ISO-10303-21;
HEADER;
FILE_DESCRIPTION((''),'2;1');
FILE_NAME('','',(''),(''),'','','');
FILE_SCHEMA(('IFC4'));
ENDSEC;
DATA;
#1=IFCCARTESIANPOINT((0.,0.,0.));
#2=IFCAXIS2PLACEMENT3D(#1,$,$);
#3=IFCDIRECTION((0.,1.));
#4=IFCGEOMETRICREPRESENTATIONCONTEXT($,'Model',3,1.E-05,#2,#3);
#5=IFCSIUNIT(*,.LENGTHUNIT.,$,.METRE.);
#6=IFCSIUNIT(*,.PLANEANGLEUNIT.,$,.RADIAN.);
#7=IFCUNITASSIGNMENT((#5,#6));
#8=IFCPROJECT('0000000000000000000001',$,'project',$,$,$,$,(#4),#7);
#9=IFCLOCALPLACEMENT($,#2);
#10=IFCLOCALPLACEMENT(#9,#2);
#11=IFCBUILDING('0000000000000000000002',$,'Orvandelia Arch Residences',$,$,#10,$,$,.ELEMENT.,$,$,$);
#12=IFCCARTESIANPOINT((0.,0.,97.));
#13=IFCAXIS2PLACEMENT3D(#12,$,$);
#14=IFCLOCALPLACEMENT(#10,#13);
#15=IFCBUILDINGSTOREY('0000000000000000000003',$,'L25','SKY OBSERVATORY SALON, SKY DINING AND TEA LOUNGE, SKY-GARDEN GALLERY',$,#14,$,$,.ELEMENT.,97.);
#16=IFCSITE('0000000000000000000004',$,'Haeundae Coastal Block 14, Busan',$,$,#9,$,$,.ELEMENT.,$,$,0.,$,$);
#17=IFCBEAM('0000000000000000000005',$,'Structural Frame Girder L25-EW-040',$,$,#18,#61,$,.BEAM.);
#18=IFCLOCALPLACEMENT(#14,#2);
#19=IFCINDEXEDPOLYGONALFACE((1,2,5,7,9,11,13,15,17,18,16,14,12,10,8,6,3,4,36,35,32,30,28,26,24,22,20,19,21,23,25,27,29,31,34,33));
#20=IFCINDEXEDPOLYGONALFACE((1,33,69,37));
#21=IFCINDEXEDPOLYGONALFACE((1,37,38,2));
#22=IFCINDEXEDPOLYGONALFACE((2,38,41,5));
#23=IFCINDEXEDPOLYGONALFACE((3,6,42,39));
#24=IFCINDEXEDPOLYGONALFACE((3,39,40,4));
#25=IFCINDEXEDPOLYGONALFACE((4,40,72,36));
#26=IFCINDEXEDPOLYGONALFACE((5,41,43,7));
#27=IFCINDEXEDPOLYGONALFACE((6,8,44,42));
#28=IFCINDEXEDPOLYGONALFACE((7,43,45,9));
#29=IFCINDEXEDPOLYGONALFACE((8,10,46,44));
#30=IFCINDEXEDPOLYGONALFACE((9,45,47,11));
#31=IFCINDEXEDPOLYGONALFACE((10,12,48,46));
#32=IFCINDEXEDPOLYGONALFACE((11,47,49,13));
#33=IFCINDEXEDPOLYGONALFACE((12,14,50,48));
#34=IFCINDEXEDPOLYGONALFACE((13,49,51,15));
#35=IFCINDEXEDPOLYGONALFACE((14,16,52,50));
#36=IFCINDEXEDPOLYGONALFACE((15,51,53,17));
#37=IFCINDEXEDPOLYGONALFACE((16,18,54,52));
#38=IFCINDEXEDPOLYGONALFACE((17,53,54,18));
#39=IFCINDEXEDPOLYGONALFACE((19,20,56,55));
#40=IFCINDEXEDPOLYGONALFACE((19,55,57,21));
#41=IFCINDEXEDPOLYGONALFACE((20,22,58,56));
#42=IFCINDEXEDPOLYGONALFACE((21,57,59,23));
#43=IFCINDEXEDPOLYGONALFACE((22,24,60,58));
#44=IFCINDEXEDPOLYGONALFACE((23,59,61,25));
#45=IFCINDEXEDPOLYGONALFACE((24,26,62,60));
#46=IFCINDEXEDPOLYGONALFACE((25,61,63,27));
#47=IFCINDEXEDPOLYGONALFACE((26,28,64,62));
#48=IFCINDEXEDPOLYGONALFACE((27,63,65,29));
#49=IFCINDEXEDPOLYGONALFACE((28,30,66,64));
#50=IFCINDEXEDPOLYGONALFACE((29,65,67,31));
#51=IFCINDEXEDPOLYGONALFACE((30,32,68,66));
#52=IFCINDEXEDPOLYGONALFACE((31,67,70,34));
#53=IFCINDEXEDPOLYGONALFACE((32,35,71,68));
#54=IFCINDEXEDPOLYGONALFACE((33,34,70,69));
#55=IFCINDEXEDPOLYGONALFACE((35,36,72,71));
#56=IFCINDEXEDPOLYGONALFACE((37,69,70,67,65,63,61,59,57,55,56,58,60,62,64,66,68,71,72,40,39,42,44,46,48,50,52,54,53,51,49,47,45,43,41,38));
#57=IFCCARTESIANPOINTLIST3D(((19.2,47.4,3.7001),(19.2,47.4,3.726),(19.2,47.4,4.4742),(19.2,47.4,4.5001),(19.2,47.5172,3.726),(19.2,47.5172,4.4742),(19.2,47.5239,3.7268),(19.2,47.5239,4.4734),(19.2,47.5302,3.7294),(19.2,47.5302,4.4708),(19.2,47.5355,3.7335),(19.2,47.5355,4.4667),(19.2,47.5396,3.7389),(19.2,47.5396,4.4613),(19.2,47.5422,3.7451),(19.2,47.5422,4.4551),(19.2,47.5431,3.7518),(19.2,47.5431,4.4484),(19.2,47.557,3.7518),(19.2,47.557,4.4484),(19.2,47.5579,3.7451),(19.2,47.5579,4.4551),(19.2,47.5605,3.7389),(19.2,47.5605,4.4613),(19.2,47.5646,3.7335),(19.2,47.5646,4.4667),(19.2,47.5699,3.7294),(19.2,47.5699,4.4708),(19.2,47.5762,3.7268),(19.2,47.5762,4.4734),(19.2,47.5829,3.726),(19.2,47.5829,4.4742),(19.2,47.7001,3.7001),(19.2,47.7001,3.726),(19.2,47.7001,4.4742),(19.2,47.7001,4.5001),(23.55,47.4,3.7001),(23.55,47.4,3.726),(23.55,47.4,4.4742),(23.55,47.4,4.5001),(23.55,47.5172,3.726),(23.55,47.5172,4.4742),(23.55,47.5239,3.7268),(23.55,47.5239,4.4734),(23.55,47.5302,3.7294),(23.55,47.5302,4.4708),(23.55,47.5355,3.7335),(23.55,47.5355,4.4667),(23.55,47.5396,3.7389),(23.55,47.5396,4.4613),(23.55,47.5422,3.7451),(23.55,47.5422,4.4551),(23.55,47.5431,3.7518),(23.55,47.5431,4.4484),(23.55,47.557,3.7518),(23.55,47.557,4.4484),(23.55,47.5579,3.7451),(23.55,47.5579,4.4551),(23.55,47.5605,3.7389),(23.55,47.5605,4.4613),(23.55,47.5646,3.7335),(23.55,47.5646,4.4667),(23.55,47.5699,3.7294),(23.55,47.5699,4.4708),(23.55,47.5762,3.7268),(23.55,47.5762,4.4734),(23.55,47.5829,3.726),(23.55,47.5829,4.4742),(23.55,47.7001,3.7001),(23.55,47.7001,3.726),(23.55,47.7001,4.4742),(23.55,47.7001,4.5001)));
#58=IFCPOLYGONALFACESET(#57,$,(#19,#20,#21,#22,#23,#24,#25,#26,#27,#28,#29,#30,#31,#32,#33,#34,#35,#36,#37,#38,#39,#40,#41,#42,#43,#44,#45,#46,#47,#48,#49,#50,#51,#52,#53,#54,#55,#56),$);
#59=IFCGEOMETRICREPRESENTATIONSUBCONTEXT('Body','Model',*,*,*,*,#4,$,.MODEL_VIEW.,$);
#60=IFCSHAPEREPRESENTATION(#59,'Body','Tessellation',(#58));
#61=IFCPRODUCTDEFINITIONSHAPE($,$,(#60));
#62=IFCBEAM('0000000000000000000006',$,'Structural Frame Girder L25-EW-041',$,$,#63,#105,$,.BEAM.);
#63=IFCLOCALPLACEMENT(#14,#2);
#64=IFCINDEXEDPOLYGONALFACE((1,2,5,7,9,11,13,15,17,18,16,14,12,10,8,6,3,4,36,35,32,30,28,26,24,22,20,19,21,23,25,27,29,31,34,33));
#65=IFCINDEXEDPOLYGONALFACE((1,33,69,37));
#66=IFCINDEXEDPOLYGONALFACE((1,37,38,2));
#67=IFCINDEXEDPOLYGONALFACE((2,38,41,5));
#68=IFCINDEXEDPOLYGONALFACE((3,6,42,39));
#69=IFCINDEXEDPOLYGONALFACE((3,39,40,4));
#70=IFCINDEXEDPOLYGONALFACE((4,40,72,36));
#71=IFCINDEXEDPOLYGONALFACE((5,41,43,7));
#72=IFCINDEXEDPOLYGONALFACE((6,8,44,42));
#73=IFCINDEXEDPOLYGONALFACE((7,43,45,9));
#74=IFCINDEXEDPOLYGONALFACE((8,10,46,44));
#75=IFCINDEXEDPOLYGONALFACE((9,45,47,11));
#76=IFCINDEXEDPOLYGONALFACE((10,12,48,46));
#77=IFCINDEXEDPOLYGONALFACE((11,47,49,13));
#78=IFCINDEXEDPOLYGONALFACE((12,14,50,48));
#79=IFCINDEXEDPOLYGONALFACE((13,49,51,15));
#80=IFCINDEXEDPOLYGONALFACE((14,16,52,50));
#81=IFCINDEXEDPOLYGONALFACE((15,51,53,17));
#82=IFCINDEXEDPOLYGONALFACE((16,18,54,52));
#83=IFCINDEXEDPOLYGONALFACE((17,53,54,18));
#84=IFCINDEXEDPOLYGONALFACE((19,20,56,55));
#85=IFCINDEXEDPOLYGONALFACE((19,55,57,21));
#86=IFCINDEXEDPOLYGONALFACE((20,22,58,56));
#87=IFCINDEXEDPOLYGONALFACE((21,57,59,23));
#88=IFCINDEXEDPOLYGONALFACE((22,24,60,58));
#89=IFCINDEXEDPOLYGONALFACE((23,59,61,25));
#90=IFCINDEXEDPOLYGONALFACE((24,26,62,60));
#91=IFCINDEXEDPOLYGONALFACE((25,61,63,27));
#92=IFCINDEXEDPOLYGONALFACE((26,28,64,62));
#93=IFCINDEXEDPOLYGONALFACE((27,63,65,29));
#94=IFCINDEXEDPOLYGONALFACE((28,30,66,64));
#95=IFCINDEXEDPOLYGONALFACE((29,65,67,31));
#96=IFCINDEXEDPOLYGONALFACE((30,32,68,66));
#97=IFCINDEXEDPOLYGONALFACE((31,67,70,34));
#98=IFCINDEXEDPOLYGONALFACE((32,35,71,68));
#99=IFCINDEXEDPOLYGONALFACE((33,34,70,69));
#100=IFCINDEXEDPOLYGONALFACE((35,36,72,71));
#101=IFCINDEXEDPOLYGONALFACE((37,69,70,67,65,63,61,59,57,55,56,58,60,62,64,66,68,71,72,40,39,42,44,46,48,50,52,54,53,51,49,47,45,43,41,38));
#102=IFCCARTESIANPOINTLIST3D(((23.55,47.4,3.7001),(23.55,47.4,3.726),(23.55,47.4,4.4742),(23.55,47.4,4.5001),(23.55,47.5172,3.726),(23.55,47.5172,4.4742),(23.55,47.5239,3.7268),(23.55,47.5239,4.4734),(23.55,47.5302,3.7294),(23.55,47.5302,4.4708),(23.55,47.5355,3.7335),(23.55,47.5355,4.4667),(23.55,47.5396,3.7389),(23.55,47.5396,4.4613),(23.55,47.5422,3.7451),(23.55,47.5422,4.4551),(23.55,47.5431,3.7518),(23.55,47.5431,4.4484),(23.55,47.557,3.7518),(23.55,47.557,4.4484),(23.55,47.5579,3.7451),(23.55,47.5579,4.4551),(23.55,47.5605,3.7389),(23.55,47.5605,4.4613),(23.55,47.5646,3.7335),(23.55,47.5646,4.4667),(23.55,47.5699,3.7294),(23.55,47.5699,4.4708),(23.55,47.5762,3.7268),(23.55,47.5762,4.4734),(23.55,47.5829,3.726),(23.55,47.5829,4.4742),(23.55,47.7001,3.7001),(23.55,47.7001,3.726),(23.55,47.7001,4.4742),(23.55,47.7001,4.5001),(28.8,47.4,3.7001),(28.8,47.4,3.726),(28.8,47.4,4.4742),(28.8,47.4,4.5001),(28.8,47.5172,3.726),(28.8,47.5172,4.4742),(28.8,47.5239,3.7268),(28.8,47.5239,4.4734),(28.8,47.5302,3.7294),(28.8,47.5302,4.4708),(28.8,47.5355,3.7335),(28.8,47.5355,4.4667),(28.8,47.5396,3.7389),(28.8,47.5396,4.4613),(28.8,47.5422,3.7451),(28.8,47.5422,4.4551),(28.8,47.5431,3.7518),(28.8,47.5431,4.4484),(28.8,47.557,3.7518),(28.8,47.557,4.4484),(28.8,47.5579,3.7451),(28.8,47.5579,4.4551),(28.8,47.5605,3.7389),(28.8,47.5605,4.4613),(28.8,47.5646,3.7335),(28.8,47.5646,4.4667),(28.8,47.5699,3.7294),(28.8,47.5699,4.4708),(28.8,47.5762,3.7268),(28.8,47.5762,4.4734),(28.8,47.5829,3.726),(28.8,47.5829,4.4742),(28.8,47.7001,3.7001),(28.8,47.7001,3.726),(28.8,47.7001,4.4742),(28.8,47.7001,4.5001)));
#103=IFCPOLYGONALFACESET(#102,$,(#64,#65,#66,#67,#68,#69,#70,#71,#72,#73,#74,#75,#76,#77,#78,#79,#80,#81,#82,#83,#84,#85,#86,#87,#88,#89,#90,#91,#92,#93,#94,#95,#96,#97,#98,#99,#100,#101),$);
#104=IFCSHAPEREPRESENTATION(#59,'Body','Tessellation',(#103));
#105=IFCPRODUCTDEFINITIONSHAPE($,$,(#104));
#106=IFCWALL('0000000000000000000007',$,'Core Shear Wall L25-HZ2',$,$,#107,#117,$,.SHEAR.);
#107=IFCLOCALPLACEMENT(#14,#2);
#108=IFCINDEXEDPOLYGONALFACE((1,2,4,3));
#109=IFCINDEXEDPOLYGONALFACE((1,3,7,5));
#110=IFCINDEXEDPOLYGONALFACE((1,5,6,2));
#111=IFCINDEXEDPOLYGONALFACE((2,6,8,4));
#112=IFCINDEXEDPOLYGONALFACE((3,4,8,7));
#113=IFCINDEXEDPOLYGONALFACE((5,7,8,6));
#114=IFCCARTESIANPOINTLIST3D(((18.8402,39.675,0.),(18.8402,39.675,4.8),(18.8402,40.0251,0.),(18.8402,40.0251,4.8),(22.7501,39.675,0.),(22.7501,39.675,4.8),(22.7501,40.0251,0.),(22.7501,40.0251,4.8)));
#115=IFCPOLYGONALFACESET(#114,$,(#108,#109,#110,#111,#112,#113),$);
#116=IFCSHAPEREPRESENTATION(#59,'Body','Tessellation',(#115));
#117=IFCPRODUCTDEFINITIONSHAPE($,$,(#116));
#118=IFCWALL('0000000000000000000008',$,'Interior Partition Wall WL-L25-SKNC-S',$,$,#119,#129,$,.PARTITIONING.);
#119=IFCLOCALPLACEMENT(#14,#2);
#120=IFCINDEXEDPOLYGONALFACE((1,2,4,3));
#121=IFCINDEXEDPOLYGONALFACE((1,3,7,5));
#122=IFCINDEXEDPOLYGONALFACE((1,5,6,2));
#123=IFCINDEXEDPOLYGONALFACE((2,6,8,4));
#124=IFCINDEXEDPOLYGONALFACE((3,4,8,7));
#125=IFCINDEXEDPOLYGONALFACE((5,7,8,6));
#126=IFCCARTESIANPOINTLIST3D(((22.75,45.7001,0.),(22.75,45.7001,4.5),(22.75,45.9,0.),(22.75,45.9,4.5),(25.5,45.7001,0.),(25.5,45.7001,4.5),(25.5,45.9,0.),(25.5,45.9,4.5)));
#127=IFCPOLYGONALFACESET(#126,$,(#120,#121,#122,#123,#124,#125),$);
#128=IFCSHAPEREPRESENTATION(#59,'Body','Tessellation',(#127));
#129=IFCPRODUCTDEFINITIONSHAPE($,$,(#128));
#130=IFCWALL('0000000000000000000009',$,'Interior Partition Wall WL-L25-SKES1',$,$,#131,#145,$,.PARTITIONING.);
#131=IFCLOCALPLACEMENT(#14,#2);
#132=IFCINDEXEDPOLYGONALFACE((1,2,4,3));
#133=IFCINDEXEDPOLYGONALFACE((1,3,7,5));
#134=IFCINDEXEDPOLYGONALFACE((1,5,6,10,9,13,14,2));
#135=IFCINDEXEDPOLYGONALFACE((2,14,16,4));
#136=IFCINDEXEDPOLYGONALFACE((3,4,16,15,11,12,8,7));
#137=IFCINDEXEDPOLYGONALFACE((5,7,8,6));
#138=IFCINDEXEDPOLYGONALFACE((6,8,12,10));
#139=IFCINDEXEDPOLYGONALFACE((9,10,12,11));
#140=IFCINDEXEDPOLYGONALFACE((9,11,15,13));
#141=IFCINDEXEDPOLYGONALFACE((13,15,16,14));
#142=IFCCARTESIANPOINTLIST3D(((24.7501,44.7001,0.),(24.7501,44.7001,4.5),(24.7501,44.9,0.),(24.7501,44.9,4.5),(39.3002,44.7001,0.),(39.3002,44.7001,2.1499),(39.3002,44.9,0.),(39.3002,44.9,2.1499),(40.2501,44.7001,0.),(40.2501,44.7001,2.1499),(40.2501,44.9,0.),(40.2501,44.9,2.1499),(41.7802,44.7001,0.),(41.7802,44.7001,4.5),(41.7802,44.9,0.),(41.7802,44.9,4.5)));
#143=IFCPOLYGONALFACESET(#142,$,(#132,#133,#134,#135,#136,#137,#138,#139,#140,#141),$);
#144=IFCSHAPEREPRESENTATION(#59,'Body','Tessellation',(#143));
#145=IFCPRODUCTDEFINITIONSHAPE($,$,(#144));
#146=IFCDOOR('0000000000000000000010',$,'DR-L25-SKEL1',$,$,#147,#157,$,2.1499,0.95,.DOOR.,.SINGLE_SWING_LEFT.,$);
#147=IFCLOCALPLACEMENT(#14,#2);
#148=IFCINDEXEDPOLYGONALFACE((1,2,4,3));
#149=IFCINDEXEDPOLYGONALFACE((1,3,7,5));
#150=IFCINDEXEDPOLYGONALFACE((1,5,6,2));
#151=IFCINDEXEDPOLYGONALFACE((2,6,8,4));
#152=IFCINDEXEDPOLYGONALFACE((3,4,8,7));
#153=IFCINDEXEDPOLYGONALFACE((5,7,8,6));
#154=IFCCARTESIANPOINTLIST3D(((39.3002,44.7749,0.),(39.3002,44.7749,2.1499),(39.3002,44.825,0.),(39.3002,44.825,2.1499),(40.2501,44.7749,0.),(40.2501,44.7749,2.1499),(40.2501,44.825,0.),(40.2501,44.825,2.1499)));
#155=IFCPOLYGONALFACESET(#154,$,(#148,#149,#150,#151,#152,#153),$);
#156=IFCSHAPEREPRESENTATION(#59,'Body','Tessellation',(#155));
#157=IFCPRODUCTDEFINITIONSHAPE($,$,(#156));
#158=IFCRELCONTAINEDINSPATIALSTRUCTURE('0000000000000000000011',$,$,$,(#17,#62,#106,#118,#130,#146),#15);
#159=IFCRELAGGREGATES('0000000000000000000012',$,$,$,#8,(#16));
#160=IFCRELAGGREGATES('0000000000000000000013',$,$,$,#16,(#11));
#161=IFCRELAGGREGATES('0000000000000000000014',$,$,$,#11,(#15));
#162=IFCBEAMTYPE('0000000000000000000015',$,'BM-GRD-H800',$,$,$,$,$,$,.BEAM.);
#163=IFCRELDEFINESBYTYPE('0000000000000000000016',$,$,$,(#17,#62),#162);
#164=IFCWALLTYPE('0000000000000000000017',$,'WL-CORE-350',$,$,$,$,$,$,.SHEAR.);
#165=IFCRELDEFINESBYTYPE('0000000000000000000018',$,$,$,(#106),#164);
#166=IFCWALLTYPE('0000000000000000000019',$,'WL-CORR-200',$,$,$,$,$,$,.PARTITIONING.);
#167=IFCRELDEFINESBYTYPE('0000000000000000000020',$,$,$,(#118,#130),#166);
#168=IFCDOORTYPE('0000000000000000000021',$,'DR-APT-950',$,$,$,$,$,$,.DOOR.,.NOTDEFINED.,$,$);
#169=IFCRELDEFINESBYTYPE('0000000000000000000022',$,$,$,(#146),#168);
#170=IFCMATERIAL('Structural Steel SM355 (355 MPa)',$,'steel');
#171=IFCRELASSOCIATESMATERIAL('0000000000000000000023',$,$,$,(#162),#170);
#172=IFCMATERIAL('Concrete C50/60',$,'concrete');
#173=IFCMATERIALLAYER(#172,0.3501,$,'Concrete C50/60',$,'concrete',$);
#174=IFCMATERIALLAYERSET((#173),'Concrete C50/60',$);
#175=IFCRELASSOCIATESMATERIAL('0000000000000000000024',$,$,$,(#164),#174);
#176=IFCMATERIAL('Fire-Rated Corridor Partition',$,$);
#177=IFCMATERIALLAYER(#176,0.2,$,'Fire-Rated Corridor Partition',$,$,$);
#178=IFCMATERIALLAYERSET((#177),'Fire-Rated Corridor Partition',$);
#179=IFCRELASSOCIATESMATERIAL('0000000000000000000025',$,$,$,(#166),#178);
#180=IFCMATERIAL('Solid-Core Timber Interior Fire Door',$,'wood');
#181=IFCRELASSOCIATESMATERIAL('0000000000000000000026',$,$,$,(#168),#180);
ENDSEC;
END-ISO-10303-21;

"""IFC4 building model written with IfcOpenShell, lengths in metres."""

from ifc_helpers import new_model, si_unit, direction, frame, frame_2d, origin, origin_2d, place, context, subcontext, project, spatial, rectangle, i_section, extrude, material, layer, layer_set, material_profile, profile_set, type_object, element, fill, save


model = new_model("IFC4")

# Units and contexts
model_context = context("Model", 3, precision=1e-05, world=origin(), true_north=direction((0.0, 1.0)))
body_context = subcontext(model_context, "Body", "Model", "MODEL_VIEW")
ifc_project = project(units=[si_unit("LENGTHUNIT", "METRE"), si_unit("PLANEANGLEUNIT", "RADIAN")], contexts=[model_context])

# Site, building, storey
site_placement = place(None, origin())
site = spatial("IfcSite", under=ifc_project, at=site_placement, Name="Haeundae Coastal Block 14, Busan", CompositionType="ELEMENT", RefElevation=0.0)
building_placement = place(site_placement, origin())
building = spatial("IfcBuilding", under=site, at=building_placement, Name="Orvandelia Arch Residences", CompositionType="ELEMENT")
storey_placement = place(building_placement, frame((0.0, 0.0, 97.0)))
storey = spatial("IfcBuildingStorey", under=building, at=storey_placement, Name="L25", Description="SKY OBSERVATORY SALON, SKY DINING AND TEA LOUNGE, SKY-GARDEN GALLERY", CompositionType="ELEMENT", Elevation=97.0)

# Beams
ifc_material_1 = material(Name="Structural Steel SM355 (355 MPa)", Category="steel")
ifc_material_profile_1 = material_profile(ifc_material_1, i_section(OverallWidth=0.3, OverallDepth=0.8, WebThickness=0.0139, FlangeThickness=0.0259, FilletRadius=0.0259, at=origin_2d()), Name="Structural Steel SM355 (355 MPa)", Category="steel")
ifc_profile_set_1 = profile_set([ifc_material_profile_1], Name="Structural Steel SM355 (355 MPa)")
beam_type = type_object("IfcBeamType", Name="BM-GRD-H800", PredefinedType="BEAM", material=ifc_profile_set_1)
for number, where, z_axis, x_axis, name in (
    (1, (19.2, 47.55, 4.1001), (1.0, 0.0, 0.0), (0.0, 1.0, 0.0), "Structural Frame Girder L25-EW-040"),
):
    element("IfcBeam", number, at=place(storey_placement, frame(where, z_axis=z_axis, x_axis=x_axis)), inside=storey, type_object=beam_type, Name=name, PredefinedType="BEAM", context=body_context, shape_type="SweptSolid", body=[
        extrude(i_section(OverallWidth=0.3, OverallDepth=0.8, WebThickness=0.0139, FlangeThickness=0.0259, FilletRadius=0.0259, at=origin_2d()), origin(), (0.0, 0.0, 1.0), 4.3501),
    ])
beam_1_placement = place(storey_placement, frame((23.55, 47.55, 4.1001), z_axis=(1.0, 0.0, 0.0), x_axis=(0.0, 1.0, 0.0)))
element("IfcBeam", 2, at=beam_1_placement, inside=storey, type_object=beam_type, Name="Structural Frame Girder L25-EW-041", PredefinedType="BEAM", context=body_context, shape_type="SweptSolid", body=[
    extrude(i_section(OverallWidth=0.3, OverallDepth=0.8, WebThickness=0.0139, FlangeThickness=0.0259, FilletRadius=0.0259, at=origin_2d()), origin(), (0.0, 0.0, 1.0), 5.25),
])

# Walls
ifc_material_2 = material(Name="Concrete C50/60", Category="concrete")
ifc_layer_1 = layer(ifc_material_2, 0.3501, Name="Concrete C50/60", Category="concrete")
ifc_layer_set_1 = layer_set([ifc_layer_1], Name="Concrete C50/60")
wall_type_1 = type_object("IfcWallType", Name="WL-CORE-350", PredefinedType="SHEAR", material=ifc_layer_set_1)
wall_1_placement = place(storey_placement, frame((18.8401, 39.8501, 0.0), z_axis=(0.0, 0.0, 1.0), x_axis=(1.0, 0.0, 0.0)))
element("IfcWall", 3, at=wall_1_placement, inside=storey, type_object=wall_type_1, Name="Core Shear Wall L25-HZ2", PredefinedType="SHEAR", context=body_context, shape_type="SweptSolid", body=[
    extrude(rectangle(XDim=3.9099, YDim=0.3501, at=frame_2d((1.9551, 0.0))), origin(), (0.0, 0.0, 1.0), 4.8),
])
ifc_material_3 = material(Name="Fire-Rated Corridor Partition")
ifc_layer_2 = layer(ifc_material_3, 0.2, Name="Fire-Rated Corridor Partition")
ifc_layer_set_2 = layer_set([ifc_layer_2], Name="Fire-Rated Corridor Partition")
wall_type_2 = type_object("IfcWallType", Name="WL-CORR-200", PredefinedType="PARTITIONING", material=ifc_layer_set_2)
wall_2_placement = place(storey_placement, frame((22.75, 45.8, 0.0), z_axis=(0.0, 0.0, 1.0), x_axis=(1.0, 0.0, 0.0)))
element("IfcWall", 4, at=wall_2_placement, inside=storey, type_object=wall_type_2, Name="Interior Partition Wall WL-L25-SKNC-S", PredefinedType="PARTITIONING", context=body_context, shape_type="SweptSolid", body=[
    extrude(rectangle(XDim=2.75, YDim=0.2, at=frame_2d((1.375, 0.0))), origin(), (0.0, 0.0, 1.0), 4.5),
])

# Wall, opening, door
wall_3_placement = place(storey_placement, frame((24.75, 44.8, 0.0), z_axis=(0.0, 0.0, 1.0), x_axis=(1.0, 0.0, 0.0)))
wall_3 = element("IfcWall", 5, at=wall_3_placement, inside=storey, type_object=wall_type_2, Name="Interior Partition Wall WL-L25-SKES1", PredefinedType="PARTITIONING", context=body_context, shape_type="SweptSolid", body=[
    extrude(rectangle(XDim=17.03, YDim=0.2, at=frame_2d((8.5151, 0.0))), origin(), (0.0, 0.0, 1.0), 4.5),
])
opening_1_placement = place(wall_3_placement, frame((14.55, 0.0, 0.0)))
opening_1 = element("IfcOpeningElement", 6, at=opening_1_placement, cuts=wall_3, PredefinedType="OPENING", context=body_context, shape_type="SweptSolid", body=[
    extrude(rectangle(XDim=0.95, YDim=2.1499, at=frame_2d((0.4751, 1.075))), frame((0.0, 0.1099, 0.0), z_axis=(0.0, -1.0, 0.0), x_axis=(1.0, 0.0, 0.0)), (0.0, 0.0, 1.0), 0.22),
])
ifc_material_4 = material(Name="Solid-Core Timber Interior Fire Door", Category="wood")
door_type_1 = type_object("IfcDoorType", Name="DR-APT-950", OperationType="NOTDEFINED", PredefinedType="DOOR", material=ifc_material_4)
door_1_placement = place(opening_1_placement, origin())
door_1 = element("IfcDoor", 7, at=door_1_placement, inside=storey, type_object=door_type_1, Name="DR-L25-SKEL1", OperationType="SINGLE_SWING_LEFT", OverallHeight=2.1499, OverallWidth=0.95, PredefinedType="DOOR", context=body_context, shape_type="SweptSolid", body=[
    extrude(rectangle(XDim=0.95, YDim=2.1499, at=frame_2d((0.4751, 1.075))), frame((0.0, 0.0249, 0.0), z_axis=(0.0, -1.0, 0.0), x_axis=(1.0, 0.0, 0.0)), (0.0, 0.0, 1.0), 0.05),
])
fill(opening_1, door_1)

save(model, "model.ifc")
